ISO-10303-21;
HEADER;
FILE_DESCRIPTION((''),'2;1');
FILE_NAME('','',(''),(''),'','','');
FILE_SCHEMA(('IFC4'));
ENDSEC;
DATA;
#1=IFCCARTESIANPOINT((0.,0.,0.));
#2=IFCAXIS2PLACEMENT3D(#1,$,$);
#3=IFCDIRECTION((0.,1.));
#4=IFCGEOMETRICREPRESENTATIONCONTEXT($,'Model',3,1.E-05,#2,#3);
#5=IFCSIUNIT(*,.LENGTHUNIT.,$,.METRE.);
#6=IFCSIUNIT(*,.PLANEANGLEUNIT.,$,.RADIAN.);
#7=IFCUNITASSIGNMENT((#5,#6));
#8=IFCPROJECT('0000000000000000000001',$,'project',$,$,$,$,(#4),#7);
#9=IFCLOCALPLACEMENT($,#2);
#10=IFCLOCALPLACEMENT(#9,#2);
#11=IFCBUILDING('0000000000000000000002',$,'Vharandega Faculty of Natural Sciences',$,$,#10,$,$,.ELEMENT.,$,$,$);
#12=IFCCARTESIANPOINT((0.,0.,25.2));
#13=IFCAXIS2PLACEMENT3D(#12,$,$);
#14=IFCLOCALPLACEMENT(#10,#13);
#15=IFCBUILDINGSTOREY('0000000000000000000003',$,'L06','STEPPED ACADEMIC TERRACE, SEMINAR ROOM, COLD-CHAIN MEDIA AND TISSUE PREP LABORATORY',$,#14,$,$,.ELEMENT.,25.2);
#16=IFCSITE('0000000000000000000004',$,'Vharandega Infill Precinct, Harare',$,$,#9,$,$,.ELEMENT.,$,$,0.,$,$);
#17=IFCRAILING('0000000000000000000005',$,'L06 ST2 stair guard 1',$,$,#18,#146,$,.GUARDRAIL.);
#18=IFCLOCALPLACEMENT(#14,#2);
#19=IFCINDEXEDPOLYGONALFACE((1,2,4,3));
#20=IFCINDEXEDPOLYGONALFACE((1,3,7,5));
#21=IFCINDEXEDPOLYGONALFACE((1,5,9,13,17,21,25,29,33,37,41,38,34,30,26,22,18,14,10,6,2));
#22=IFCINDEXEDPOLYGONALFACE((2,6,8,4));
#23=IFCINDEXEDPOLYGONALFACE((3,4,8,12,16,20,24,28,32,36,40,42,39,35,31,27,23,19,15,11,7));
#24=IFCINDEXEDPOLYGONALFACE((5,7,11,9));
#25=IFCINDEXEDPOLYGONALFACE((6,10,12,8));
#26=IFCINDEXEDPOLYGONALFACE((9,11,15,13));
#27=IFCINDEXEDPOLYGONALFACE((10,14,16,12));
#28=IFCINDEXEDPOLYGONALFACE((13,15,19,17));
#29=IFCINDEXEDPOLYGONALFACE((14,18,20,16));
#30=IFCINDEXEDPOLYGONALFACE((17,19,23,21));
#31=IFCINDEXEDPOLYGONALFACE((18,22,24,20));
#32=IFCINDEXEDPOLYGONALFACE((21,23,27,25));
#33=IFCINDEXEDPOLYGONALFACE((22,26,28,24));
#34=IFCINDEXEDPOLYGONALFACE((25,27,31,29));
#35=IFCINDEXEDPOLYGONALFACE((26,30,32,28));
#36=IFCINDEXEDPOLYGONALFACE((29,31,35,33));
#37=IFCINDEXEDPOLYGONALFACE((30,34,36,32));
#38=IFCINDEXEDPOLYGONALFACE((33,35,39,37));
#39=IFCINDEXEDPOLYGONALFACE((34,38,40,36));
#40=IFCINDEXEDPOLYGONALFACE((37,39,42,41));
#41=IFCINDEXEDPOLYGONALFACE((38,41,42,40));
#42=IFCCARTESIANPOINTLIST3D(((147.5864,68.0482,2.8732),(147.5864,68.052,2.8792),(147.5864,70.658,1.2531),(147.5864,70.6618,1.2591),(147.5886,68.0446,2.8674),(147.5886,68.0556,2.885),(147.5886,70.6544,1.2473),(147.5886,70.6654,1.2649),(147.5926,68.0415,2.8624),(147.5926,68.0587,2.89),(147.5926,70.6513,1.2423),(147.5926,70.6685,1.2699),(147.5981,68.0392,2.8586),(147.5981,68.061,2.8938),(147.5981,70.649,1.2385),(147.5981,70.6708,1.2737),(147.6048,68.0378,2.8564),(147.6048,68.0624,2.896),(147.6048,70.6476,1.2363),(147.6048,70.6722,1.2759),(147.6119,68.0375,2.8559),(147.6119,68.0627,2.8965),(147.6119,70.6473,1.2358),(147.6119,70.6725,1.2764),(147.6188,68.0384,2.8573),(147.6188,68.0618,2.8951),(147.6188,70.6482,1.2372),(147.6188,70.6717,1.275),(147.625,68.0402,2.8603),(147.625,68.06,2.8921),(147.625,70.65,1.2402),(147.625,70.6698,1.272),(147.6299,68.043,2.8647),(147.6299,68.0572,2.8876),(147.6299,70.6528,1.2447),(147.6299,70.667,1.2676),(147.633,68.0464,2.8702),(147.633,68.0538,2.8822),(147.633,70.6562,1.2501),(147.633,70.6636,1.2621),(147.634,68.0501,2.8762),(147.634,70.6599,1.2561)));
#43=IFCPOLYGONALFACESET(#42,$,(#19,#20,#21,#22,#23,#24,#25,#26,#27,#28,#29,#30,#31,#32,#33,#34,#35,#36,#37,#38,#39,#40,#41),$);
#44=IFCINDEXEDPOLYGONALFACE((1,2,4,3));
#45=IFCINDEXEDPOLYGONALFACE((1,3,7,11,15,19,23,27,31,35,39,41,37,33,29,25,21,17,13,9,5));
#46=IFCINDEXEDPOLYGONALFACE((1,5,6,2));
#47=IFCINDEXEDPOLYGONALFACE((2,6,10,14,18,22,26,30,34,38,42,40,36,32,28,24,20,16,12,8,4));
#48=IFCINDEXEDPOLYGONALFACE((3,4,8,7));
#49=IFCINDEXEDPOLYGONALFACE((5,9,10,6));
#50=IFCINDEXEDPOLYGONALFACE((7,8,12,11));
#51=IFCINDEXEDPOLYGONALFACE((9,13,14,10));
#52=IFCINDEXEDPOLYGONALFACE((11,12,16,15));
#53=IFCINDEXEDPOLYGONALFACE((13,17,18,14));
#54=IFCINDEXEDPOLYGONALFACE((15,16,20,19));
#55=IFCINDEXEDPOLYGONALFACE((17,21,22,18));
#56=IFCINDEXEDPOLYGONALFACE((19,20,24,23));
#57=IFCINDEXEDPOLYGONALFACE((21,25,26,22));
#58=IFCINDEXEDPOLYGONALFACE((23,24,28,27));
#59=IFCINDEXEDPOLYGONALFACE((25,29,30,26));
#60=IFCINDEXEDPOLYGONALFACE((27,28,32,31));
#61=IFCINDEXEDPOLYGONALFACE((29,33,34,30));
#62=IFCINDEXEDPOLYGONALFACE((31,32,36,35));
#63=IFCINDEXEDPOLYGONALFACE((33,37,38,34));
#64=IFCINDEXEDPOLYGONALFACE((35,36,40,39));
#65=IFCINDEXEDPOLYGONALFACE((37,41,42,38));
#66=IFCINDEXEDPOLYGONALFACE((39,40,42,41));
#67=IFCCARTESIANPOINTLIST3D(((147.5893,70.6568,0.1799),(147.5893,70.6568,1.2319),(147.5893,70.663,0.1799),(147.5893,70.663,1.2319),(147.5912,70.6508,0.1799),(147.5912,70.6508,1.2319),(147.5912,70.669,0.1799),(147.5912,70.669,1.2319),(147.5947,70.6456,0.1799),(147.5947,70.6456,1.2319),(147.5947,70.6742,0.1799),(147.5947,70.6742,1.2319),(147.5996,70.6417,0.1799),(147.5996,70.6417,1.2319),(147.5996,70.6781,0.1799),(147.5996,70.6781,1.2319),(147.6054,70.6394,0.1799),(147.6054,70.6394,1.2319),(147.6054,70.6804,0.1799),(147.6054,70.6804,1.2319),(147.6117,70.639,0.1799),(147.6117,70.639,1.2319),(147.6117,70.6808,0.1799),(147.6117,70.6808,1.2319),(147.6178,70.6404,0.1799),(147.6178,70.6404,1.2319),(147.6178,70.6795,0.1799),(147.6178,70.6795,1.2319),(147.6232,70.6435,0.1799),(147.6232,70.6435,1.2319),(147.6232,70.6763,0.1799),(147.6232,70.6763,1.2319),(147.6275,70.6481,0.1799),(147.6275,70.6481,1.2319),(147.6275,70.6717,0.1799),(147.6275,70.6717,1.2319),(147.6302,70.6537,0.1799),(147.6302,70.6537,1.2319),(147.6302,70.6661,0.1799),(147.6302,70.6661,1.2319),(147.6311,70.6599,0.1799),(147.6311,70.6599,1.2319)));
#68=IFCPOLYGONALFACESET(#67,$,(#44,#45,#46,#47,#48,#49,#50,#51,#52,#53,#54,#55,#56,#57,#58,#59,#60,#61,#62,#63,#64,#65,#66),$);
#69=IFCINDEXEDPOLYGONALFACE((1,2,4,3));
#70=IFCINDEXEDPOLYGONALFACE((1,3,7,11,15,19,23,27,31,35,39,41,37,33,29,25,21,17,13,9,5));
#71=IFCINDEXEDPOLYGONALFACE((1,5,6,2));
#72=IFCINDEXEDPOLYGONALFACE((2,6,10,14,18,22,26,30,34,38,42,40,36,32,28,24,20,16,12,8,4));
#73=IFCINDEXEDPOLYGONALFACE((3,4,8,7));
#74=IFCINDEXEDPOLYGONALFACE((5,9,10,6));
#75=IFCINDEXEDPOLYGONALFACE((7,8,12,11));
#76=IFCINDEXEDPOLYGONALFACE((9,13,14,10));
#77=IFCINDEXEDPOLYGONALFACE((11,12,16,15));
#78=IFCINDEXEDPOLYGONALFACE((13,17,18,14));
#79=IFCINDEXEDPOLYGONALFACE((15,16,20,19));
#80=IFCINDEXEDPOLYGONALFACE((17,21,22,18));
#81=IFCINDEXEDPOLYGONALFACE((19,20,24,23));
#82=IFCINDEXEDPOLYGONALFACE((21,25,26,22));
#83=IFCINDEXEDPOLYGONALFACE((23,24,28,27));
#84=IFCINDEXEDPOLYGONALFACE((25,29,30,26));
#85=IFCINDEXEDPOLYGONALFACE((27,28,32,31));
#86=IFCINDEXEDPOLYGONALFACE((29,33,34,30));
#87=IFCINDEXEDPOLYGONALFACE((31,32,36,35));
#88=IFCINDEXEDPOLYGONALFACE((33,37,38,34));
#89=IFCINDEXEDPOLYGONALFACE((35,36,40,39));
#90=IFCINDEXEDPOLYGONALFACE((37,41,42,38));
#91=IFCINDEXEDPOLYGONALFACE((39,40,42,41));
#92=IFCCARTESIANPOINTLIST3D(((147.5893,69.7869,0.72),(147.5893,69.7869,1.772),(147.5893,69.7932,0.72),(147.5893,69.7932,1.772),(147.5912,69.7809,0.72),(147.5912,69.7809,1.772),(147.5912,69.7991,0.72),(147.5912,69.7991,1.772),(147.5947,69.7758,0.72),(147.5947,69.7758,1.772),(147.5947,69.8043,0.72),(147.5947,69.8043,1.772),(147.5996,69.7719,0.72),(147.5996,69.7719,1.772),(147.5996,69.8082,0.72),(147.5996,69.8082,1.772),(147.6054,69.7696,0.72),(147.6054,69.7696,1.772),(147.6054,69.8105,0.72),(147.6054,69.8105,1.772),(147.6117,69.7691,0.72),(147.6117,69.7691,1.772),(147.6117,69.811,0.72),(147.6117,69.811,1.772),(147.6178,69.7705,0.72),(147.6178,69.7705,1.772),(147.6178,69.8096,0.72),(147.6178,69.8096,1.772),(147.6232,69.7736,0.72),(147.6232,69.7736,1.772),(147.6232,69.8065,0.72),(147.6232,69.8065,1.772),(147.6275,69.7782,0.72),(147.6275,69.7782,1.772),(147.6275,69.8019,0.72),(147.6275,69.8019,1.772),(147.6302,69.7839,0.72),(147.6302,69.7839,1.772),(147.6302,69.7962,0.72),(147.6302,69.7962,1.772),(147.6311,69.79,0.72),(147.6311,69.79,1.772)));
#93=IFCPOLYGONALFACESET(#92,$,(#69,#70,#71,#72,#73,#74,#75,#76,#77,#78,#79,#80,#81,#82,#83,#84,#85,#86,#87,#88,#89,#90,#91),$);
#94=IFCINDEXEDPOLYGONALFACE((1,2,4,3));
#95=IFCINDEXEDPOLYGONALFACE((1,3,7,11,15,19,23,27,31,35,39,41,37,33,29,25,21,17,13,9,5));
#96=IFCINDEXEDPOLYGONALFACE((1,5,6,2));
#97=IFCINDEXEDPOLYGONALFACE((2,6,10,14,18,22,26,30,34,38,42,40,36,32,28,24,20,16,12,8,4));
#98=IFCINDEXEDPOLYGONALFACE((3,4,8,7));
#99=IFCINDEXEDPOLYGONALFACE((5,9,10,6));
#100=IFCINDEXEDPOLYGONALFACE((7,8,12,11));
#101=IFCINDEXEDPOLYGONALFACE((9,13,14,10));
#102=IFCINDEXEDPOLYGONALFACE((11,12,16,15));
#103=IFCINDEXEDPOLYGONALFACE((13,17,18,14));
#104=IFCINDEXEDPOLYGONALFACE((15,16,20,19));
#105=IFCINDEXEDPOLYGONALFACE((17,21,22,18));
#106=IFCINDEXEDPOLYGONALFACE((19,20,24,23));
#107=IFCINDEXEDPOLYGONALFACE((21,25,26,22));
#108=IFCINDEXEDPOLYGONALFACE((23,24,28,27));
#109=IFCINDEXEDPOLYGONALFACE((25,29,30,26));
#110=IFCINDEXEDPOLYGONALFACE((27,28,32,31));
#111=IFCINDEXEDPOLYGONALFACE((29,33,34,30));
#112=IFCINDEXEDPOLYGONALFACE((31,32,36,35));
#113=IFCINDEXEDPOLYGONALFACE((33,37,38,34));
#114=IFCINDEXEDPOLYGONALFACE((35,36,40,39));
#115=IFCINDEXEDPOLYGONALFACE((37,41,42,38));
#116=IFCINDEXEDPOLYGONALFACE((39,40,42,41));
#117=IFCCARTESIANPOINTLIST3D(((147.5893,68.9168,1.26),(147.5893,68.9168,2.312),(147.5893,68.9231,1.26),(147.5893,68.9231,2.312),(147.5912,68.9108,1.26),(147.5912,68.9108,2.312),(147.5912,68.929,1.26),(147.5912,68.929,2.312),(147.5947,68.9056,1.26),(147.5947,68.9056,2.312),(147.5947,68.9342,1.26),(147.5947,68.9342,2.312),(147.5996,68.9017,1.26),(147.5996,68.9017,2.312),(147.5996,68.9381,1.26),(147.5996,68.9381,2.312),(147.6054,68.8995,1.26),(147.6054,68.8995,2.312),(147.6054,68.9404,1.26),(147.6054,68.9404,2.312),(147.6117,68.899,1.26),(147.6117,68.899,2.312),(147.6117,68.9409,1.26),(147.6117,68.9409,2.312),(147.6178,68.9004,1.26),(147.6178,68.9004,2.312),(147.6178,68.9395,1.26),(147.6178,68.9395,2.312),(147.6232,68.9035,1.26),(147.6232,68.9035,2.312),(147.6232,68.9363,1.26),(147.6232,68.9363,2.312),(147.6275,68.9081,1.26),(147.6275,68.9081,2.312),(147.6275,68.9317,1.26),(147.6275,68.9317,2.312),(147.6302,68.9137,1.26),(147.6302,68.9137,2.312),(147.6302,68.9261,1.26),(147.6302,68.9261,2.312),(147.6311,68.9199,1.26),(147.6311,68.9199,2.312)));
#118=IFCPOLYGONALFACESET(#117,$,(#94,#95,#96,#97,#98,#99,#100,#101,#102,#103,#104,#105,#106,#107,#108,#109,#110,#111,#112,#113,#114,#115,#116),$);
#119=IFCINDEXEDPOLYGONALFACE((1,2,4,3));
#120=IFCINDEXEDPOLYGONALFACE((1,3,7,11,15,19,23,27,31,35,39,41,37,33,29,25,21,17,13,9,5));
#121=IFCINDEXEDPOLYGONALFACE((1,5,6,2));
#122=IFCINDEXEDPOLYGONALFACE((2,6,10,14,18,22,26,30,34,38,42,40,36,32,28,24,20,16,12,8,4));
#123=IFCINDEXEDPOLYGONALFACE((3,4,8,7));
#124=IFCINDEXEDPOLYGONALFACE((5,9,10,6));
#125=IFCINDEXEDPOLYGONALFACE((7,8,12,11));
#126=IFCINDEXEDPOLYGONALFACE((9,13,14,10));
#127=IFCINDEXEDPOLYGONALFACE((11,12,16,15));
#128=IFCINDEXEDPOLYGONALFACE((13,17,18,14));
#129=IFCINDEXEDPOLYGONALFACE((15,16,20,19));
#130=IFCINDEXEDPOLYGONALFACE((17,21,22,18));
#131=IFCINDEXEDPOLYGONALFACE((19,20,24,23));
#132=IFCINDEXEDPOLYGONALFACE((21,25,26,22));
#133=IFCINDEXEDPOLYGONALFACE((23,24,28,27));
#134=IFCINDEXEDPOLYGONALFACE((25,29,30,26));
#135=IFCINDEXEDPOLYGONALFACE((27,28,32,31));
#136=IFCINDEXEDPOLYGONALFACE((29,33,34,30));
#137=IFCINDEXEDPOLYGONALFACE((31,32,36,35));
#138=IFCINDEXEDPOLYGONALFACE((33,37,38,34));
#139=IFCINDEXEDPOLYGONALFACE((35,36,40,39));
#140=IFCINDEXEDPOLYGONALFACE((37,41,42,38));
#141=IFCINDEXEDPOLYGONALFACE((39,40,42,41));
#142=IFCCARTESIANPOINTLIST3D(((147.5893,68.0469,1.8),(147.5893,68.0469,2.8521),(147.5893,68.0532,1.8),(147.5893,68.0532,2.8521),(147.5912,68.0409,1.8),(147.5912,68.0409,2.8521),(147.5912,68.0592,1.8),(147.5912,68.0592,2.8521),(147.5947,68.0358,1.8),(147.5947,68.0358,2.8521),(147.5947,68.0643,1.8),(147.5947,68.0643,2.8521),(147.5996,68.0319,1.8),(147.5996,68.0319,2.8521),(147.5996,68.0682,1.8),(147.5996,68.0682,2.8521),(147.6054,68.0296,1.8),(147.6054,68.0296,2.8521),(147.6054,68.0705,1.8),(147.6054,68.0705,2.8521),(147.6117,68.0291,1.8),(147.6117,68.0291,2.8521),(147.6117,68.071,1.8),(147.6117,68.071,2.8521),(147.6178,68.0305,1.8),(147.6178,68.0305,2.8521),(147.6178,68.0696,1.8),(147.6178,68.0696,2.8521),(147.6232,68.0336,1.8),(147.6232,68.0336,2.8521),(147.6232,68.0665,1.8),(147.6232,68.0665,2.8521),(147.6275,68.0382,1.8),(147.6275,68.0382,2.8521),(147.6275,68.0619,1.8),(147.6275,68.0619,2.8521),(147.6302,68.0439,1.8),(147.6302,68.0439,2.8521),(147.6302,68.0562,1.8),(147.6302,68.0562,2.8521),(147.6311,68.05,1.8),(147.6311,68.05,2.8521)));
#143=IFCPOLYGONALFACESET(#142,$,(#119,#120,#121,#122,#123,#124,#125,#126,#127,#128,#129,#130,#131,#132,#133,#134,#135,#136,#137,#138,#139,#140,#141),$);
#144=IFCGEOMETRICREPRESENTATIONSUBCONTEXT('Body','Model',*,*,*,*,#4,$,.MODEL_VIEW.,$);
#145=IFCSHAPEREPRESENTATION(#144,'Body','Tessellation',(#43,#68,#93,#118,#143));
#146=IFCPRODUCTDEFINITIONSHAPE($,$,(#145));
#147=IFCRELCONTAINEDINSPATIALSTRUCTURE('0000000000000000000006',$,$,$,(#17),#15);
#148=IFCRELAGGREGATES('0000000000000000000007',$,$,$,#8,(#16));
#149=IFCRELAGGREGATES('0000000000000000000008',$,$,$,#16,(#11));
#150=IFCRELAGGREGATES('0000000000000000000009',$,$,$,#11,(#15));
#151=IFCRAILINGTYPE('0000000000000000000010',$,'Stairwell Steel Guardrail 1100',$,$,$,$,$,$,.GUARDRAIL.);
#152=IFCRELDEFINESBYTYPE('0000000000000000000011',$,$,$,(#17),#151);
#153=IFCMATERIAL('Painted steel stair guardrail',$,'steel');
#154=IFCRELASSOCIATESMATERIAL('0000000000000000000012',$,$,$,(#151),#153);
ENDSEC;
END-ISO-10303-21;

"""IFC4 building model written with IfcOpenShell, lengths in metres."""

from ifc_helpers import new_model, si_unit, direction, frame, origin, origin_2d, place, context, subcontext, project, spatial, circle, extrude, material, type_object, element, save


model = new_model("IFC4")

# Units and contexts
model_context = context("Model", 3, precision=1e-05, world=origin(), true_north=direction((0.0, 1.0)))
body_context = subcontext(model_context, "Body", "Model", "MODEL_VIEW")
ifc_project = project(units=[si_unit("LENGTHUNIT", "METRE"), si_unit("PLANEANGLEUNIT", "RADIAN")], contexts=[model_context])

# Site, building, storey
site_placement = place(None, origin())
site = spatial("IfcSite", under=ifc_project, at=site_placement, Name="Vharandega Infill Precinct, Harare", CompositionType="ELEMENT", RefElevation=0.0)
building_placement = place(site_placement, origin())
building = spatial("IfcBuilding", under=site, at=building_placement, Name="Vharandega Faculty of Natural Sciences", CompositionType="ELEMENT")
storey_placement = place(building_placement, frame((0.0, 0.0, 25.2)))
storey = spatial("IfcBuildingStorey", under=building, at=storey_placement, Name="L06", Description="STEPPED ACADEMIC TERRACE, SEMINAR ROOM, COLD-CHAIN MEDIA AND TISSUE PREP LABORATORY", CompositionType="ELEMENT", Elevation=25.2)

# Railing
ifc_material_1 = material(Name="Painted steel stair guardrail", Category="steel")
railing_type_1 = type_object("IfcRailingType", Name="Stairwell Steel Guardrail 1100", PredefinedType="GUARDRAIL", material=ifc_material_1)
railing_1_placement = place(storey_placement, frame((147.6101, 70.6599, 0.1799)))
element("IfcRailing", 1, at=railing_1_placement, inside=storey, type_object=railing_type_1, Name="L06 ST2 stair guard 1", PredefinedType="GUARDRAIL", context=body_context, shape_type="SweptSolid", body=[
    extrude(circle(Radius=0.0239, at=origin_2d()), frame((0.0, 0.0, 1.0762), z_axis=(0.0, -0.849611, 0.52741), x_axis=(1.0, 0.0, 0.0)), (0.0, 0.0, 1.0), 3.0718),
    extrude(circle(Radius=0.021, at=origin_2d()), origin(), (0.0, 0.0, 1.0), 1.052),
    extrude(circle(Radius=0.021, at=origin_2d()), frame((0.0, -0.8699, 0.54)), (0.0, 0.0, 1.0), 1.052),
    extrude(circle(Radius=0.021, at=origin_2d()), frame((0.0, -1.74, 1.0801)), (0.0, 0.0, 1.0), 1.052),
    extrude(circle(Radius=0.021, at=origin_2d()), frame((0.0, -2.6099, 1.6201)), (0.0, 0.0, 1.0), 1.052),
])

save(model, "model.ifc")
